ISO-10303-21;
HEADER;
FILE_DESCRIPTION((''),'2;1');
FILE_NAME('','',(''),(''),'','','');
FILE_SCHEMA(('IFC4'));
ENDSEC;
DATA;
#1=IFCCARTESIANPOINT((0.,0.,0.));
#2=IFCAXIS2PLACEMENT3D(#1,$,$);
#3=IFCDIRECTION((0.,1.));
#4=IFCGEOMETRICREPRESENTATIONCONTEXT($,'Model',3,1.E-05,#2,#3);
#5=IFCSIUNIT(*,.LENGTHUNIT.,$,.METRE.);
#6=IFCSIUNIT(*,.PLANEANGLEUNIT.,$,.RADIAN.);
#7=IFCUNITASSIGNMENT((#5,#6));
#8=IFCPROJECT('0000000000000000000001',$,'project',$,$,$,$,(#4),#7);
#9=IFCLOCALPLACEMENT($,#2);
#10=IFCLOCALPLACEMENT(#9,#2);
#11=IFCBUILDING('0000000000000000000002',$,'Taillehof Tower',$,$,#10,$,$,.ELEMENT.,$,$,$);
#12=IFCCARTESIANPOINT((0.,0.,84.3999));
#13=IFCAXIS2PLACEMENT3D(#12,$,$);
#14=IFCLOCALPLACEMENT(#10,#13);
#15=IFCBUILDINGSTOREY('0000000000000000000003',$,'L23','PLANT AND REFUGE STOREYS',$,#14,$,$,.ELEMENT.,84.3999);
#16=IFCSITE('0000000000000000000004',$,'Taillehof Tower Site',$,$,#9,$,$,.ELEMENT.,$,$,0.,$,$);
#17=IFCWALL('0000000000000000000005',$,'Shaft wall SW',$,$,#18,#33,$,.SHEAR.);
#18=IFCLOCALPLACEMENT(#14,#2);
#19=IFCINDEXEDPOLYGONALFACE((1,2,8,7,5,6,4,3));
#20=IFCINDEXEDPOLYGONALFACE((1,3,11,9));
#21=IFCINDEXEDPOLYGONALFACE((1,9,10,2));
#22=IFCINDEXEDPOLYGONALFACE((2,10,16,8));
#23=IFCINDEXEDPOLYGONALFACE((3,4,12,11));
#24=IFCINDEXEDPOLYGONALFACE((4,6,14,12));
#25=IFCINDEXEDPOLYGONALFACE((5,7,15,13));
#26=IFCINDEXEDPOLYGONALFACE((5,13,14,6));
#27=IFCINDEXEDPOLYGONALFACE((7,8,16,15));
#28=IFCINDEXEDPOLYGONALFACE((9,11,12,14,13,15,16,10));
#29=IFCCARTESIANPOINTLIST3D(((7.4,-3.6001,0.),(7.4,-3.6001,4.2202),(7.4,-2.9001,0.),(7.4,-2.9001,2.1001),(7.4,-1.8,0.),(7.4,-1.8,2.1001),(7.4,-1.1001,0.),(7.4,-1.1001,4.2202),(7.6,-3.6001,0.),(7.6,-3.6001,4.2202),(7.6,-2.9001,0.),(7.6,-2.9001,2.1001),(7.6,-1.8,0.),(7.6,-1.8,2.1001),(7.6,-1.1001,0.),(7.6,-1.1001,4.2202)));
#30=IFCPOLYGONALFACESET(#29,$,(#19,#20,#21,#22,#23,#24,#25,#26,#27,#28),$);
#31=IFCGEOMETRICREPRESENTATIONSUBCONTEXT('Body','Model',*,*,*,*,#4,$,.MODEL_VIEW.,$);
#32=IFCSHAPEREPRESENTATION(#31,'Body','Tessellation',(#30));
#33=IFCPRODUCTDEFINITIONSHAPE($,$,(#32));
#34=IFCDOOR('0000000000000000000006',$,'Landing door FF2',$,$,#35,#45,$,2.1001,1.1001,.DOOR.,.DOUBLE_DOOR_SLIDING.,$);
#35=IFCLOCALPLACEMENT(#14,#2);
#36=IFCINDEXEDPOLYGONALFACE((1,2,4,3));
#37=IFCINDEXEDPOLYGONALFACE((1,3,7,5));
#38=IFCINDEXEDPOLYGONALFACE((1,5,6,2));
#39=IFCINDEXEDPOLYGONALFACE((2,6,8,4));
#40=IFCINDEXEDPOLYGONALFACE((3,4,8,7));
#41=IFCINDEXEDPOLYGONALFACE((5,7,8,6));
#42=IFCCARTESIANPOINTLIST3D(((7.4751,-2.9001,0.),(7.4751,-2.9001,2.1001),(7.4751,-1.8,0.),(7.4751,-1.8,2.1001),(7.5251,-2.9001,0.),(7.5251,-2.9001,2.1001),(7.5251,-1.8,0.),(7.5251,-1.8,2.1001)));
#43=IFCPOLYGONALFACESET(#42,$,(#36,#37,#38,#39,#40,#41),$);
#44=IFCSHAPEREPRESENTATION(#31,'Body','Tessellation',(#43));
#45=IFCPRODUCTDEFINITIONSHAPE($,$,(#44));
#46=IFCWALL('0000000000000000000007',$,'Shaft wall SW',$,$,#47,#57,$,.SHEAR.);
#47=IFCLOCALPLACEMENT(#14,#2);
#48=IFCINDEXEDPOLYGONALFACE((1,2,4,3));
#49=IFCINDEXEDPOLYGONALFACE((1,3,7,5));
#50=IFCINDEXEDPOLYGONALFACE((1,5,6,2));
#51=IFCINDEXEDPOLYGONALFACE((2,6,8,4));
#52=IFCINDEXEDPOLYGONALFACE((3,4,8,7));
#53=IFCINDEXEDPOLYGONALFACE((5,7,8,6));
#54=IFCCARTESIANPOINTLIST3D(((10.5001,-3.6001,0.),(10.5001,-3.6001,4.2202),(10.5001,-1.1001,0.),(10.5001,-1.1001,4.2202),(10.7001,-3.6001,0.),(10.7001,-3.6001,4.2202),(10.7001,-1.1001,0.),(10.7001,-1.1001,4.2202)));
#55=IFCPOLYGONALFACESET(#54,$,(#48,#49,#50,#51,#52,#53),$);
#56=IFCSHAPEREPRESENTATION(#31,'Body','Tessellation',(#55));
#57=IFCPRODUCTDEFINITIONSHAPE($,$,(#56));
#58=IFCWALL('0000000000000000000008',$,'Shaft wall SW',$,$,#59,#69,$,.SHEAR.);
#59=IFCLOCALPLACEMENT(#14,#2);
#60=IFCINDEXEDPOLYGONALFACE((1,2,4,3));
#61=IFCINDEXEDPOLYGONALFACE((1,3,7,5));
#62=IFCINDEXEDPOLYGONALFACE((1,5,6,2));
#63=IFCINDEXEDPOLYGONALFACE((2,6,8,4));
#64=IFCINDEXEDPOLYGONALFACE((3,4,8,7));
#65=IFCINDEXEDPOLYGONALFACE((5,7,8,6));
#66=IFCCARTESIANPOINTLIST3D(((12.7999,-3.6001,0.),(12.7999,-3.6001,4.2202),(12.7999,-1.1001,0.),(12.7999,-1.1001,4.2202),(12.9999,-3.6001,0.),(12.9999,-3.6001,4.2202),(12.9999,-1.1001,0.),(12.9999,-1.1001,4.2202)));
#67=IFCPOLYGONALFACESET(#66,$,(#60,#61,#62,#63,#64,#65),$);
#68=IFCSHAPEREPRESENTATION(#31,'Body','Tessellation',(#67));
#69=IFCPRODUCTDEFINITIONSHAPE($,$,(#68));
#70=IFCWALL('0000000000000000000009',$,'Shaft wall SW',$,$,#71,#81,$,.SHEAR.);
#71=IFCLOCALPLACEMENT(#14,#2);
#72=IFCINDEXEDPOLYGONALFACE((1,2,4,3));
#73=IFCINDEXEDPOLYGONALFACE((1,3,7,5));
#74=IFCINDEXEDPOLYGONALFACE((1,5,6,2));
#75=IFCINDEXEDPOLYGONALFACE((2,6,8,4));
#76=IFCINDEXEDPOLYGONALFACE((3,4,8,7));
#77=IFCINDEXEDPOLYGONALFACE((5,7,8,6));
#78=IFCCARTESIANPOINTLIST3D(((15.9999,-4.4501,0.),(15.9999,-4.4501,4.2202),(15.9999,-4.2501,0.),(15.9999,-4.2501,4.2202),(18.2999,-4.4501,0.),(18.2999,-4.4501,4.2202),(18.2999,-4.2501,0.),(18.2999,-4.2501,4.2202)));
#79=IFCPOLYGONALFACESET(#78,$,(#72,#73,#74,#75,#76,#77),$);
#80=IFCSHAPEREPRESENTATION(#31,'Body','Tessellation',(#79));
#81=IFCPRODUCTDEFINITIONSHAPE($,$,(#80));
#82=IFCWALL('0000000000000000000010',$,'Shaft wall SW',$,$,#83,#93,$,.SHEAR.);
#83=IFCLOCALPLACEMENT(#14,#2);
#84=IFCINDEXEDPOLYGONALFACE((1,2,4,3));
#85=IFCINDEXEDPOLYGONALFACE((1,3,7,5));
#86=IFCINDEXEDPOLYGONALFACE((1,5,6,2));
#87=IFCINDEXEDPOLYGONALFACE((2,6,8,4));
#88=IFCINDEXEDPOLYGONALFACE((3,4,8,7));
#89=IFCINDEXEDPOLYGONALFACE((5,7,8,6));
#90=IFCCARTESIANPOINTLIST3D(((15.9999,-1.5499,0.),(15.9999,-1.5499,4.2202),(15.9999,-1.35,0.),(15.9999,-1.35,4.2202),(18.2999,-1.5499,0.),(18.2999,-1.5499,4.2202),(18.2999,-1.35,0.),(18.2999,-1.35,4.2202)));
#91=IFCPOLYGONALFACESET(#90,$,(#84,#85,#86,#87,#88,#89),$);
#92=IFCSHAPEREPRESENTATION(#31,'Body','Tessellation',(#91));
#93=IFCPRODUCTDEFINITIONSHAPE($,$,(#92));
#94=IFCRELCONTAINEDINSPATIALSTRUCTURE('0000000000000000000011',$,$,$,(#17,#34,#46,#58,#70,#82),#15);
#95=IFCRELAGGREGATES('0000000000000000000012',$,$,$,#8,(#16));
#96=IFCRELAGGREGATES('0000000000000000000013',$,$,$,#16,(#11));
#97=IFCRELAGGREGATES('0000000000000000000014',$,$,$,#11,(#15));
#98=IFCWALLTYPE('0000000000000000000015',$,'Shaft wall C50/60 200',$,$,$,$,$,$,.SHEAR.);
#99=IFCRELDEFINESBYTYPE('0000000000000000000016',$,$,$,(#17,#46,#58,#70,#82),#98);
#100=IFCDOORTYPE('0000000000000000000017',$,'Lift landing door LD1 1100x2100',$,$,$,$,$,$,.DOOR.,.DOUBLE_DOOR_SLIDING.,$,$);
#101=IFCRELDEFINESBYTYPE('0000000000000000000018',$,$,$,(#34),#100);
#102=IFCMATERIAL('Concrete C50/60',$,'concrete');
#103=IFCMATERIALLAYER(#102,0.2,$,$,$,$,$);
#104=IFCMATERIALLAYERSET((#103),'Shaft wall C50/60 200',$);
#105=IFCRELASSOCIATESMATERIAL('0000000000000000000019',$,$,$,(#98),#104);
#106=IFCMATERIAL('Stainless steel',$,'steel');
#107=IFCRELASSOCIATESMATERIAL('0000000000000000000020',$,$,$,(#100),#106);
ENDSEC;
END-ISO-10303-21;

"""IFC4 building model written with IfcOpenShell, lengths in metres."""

from ifc_helpers import new_model, si_unit, direction, frame, frame_2d, origin, place, context, subcontext, project, spatial, rectangle, extrude, material, layer, layer_set, type_object, element, fill, save


model = new_model("IFC4")

# Units and contexts
model_context = context("Model", 3, precision=1e-05, world=origin(), true_north=direction((0.0, 1.0)))
body_context = subcontext(model_context, "Body", "Model", "MODEL_VIEW")
ifc_project = project(units=[si_unit("LENGTHUNIT", "METRE"), si_unit("PLANEANGLEUNIT", "RADIAN")], contexts=[model_context])

# Site, building, storey
site_placement = place(None, origin())
site = spatial("IfcSite", under=ifc_project, at=site_placement, Name="Taillehof Tower Site", CompositionType="ELEMENT", RefElevation=0.0)
building_placement = place(site_placement, origin())
building = spatial("IfcBuilding", under=site, at=building_placement, Name="Taillehof Tower", CompositionType="ELEMENT")
storey_placement = place(building_placement, frame((0.0, 0.0, 84.3999)))
storey = spatial("IfcBuildingStorey", under=building, at=storey_placement, Name="L23", Description="PLANT AND REFUGE STOREYS", CompositionType="ELEMENT", Elevation=84.3999)

# Shared definitions
ifc_material_1 = material(Name="Concrete C50/60", Category="concrete")
ifc_layer_1 = layer(ifc_material_1, 0.2)
ifc_layer_set_1 = layer_set([ifc_layer_1], Name="Shaft wall C50/60 200")
wall_type_1 = type_object("IfcWallType", Name="Shaft wall C50/60 200", PredefinedType="SHEAR", material=ifc_layer_set_1)

# Wall, opening, door
wall_1_placement = place(storey_placement, frame((7.5, -3.6001, 0.0), z_axis=(0.0, 0.0, 1.0), x_axis=(0.0, 1.0, 0.0)))
wall_1 = element("IfcWall", 1, at=wall_1_placement, inside=storey, type_object=wall_type_1, Name="Shaft wall SW", PredefinedType="SHEAR", context=body_context, shape_type="SweptSolid", body=[
    extrude(rectangle(XDim=2.5, YDim=0.2, at=frame_2d((1.25, 0.0))), origin(), (0.0, 0.0, 1.0), 4.2202),
])
opening_1_placement = place(wall_1_placement, frame((0.7, 0.0, 0.0)))
opening_1 = element("IfcOpeningElement", 2, at=opening_1_placement, cuts=wall_1, PredefinedType="OPENING", context=body_context, shape_type="SweptSolid", body=[
    extrude(rectangle(XDim=1.1001, YDim=2.1001, at=frame_2d((0.55, 1.05))), frame((0.0, 0.1099, 0.0), z_axis=(0.0, -1.0, 0.0), x_axis=(1.0, 0.0, 0.0)), (0.0, 0.0, 1.0), 0.22),
])
ifc_material_2 = material(Name="Stainless steel", Category="steel")
door_type_1 = type_object("IfcDoorType", Name="Lift landing door LD1 1100x2100", OperationType="DOUBLE_DOOR_SLIDING", PredefinedType="DOOR", material=ifc_material_2)
door_1_placement = place(opening_1_placement, origin())
door_1 = element("IfcDoor", 3, at=door_1_placement, inside=storey, type_object=door_type_1, Name="Landing door FF2", OperationType="DOUBLE_DOOR_SLIDING", OverallHeight=2.1001, OverallWidth=1.1001, PredefinedType="DOOR", context=body_context, shape_type="SweptSolid", body=[
    extrude(rectangle(XDim=1.1001, YDim=2.1001, at=frame_2d((0.55, 1.05))), frame((0.0, 0.0249, 0.0), z_axis=(0.0, -1.0, 0.0), x_axis=(1.0, 0.0, 0.0)), (0.0, 0.0, 1.0), 0.05),
])
fill(opening_1, door_1)

# Walls
for number, where, z_axis, x_axis, name in (
    (4, (10.6001, -3.6001, 0.0), (0.0, 0.0, 1.0), (0.0, 1.0, 0.0), "Shaft wall SW"),
    (5, (12.8999, -3.6001, 0.0), (0.0, 0.0, 1.0), (0.0, 1.0, 0.0), "Shaft wall SW"),
):
    element("IfcWall", number, at=place(storey_placement, frame(where, z_axis=z_axis, x_axis=x_axis)), inside=storey, type_object=wall_type_1, Name=name, PredefinedType="SHEAR", context=body_context, shape_type="SweptSolid", body=[
        extrude(rectangle(XDim=2.5, YDim=0.2, at=frame_2d((1.25, 0.0))), origin(), (0.0, 0.0, 1.0), 4.2202),
    ])
for number, where, z_axis, x_axis, name in (
    (6, (16.0, -4.3501, 0.0), (0.0, 0.0, 1.0), (1.0, 0.0, 0.0), "Shaft wall SW"),
    (7, (16.0, -1.45, 0.0), (0.0, 0.0, 1.0), (1.0, 0.0, 0.0), "Shaft wall SW"),
):
    element("IfcWall", number, at=place(storey_placement, frame(where, z_axis=z_axis, x_axis=x_axis)), inside=storey, type_object=wall_type_1, Name=name, PredefinedType="SHEAR", context=body_context, shape_type="SweptSolid", body=[
        extrude(rectangle(XDim=2.3, YDim=0.2, at=frame_2d((1.1499, 0.0))), origin(), (0.0, 0.0, 1.0), 4.2202),
    ])

save(model, "model.ifc")
